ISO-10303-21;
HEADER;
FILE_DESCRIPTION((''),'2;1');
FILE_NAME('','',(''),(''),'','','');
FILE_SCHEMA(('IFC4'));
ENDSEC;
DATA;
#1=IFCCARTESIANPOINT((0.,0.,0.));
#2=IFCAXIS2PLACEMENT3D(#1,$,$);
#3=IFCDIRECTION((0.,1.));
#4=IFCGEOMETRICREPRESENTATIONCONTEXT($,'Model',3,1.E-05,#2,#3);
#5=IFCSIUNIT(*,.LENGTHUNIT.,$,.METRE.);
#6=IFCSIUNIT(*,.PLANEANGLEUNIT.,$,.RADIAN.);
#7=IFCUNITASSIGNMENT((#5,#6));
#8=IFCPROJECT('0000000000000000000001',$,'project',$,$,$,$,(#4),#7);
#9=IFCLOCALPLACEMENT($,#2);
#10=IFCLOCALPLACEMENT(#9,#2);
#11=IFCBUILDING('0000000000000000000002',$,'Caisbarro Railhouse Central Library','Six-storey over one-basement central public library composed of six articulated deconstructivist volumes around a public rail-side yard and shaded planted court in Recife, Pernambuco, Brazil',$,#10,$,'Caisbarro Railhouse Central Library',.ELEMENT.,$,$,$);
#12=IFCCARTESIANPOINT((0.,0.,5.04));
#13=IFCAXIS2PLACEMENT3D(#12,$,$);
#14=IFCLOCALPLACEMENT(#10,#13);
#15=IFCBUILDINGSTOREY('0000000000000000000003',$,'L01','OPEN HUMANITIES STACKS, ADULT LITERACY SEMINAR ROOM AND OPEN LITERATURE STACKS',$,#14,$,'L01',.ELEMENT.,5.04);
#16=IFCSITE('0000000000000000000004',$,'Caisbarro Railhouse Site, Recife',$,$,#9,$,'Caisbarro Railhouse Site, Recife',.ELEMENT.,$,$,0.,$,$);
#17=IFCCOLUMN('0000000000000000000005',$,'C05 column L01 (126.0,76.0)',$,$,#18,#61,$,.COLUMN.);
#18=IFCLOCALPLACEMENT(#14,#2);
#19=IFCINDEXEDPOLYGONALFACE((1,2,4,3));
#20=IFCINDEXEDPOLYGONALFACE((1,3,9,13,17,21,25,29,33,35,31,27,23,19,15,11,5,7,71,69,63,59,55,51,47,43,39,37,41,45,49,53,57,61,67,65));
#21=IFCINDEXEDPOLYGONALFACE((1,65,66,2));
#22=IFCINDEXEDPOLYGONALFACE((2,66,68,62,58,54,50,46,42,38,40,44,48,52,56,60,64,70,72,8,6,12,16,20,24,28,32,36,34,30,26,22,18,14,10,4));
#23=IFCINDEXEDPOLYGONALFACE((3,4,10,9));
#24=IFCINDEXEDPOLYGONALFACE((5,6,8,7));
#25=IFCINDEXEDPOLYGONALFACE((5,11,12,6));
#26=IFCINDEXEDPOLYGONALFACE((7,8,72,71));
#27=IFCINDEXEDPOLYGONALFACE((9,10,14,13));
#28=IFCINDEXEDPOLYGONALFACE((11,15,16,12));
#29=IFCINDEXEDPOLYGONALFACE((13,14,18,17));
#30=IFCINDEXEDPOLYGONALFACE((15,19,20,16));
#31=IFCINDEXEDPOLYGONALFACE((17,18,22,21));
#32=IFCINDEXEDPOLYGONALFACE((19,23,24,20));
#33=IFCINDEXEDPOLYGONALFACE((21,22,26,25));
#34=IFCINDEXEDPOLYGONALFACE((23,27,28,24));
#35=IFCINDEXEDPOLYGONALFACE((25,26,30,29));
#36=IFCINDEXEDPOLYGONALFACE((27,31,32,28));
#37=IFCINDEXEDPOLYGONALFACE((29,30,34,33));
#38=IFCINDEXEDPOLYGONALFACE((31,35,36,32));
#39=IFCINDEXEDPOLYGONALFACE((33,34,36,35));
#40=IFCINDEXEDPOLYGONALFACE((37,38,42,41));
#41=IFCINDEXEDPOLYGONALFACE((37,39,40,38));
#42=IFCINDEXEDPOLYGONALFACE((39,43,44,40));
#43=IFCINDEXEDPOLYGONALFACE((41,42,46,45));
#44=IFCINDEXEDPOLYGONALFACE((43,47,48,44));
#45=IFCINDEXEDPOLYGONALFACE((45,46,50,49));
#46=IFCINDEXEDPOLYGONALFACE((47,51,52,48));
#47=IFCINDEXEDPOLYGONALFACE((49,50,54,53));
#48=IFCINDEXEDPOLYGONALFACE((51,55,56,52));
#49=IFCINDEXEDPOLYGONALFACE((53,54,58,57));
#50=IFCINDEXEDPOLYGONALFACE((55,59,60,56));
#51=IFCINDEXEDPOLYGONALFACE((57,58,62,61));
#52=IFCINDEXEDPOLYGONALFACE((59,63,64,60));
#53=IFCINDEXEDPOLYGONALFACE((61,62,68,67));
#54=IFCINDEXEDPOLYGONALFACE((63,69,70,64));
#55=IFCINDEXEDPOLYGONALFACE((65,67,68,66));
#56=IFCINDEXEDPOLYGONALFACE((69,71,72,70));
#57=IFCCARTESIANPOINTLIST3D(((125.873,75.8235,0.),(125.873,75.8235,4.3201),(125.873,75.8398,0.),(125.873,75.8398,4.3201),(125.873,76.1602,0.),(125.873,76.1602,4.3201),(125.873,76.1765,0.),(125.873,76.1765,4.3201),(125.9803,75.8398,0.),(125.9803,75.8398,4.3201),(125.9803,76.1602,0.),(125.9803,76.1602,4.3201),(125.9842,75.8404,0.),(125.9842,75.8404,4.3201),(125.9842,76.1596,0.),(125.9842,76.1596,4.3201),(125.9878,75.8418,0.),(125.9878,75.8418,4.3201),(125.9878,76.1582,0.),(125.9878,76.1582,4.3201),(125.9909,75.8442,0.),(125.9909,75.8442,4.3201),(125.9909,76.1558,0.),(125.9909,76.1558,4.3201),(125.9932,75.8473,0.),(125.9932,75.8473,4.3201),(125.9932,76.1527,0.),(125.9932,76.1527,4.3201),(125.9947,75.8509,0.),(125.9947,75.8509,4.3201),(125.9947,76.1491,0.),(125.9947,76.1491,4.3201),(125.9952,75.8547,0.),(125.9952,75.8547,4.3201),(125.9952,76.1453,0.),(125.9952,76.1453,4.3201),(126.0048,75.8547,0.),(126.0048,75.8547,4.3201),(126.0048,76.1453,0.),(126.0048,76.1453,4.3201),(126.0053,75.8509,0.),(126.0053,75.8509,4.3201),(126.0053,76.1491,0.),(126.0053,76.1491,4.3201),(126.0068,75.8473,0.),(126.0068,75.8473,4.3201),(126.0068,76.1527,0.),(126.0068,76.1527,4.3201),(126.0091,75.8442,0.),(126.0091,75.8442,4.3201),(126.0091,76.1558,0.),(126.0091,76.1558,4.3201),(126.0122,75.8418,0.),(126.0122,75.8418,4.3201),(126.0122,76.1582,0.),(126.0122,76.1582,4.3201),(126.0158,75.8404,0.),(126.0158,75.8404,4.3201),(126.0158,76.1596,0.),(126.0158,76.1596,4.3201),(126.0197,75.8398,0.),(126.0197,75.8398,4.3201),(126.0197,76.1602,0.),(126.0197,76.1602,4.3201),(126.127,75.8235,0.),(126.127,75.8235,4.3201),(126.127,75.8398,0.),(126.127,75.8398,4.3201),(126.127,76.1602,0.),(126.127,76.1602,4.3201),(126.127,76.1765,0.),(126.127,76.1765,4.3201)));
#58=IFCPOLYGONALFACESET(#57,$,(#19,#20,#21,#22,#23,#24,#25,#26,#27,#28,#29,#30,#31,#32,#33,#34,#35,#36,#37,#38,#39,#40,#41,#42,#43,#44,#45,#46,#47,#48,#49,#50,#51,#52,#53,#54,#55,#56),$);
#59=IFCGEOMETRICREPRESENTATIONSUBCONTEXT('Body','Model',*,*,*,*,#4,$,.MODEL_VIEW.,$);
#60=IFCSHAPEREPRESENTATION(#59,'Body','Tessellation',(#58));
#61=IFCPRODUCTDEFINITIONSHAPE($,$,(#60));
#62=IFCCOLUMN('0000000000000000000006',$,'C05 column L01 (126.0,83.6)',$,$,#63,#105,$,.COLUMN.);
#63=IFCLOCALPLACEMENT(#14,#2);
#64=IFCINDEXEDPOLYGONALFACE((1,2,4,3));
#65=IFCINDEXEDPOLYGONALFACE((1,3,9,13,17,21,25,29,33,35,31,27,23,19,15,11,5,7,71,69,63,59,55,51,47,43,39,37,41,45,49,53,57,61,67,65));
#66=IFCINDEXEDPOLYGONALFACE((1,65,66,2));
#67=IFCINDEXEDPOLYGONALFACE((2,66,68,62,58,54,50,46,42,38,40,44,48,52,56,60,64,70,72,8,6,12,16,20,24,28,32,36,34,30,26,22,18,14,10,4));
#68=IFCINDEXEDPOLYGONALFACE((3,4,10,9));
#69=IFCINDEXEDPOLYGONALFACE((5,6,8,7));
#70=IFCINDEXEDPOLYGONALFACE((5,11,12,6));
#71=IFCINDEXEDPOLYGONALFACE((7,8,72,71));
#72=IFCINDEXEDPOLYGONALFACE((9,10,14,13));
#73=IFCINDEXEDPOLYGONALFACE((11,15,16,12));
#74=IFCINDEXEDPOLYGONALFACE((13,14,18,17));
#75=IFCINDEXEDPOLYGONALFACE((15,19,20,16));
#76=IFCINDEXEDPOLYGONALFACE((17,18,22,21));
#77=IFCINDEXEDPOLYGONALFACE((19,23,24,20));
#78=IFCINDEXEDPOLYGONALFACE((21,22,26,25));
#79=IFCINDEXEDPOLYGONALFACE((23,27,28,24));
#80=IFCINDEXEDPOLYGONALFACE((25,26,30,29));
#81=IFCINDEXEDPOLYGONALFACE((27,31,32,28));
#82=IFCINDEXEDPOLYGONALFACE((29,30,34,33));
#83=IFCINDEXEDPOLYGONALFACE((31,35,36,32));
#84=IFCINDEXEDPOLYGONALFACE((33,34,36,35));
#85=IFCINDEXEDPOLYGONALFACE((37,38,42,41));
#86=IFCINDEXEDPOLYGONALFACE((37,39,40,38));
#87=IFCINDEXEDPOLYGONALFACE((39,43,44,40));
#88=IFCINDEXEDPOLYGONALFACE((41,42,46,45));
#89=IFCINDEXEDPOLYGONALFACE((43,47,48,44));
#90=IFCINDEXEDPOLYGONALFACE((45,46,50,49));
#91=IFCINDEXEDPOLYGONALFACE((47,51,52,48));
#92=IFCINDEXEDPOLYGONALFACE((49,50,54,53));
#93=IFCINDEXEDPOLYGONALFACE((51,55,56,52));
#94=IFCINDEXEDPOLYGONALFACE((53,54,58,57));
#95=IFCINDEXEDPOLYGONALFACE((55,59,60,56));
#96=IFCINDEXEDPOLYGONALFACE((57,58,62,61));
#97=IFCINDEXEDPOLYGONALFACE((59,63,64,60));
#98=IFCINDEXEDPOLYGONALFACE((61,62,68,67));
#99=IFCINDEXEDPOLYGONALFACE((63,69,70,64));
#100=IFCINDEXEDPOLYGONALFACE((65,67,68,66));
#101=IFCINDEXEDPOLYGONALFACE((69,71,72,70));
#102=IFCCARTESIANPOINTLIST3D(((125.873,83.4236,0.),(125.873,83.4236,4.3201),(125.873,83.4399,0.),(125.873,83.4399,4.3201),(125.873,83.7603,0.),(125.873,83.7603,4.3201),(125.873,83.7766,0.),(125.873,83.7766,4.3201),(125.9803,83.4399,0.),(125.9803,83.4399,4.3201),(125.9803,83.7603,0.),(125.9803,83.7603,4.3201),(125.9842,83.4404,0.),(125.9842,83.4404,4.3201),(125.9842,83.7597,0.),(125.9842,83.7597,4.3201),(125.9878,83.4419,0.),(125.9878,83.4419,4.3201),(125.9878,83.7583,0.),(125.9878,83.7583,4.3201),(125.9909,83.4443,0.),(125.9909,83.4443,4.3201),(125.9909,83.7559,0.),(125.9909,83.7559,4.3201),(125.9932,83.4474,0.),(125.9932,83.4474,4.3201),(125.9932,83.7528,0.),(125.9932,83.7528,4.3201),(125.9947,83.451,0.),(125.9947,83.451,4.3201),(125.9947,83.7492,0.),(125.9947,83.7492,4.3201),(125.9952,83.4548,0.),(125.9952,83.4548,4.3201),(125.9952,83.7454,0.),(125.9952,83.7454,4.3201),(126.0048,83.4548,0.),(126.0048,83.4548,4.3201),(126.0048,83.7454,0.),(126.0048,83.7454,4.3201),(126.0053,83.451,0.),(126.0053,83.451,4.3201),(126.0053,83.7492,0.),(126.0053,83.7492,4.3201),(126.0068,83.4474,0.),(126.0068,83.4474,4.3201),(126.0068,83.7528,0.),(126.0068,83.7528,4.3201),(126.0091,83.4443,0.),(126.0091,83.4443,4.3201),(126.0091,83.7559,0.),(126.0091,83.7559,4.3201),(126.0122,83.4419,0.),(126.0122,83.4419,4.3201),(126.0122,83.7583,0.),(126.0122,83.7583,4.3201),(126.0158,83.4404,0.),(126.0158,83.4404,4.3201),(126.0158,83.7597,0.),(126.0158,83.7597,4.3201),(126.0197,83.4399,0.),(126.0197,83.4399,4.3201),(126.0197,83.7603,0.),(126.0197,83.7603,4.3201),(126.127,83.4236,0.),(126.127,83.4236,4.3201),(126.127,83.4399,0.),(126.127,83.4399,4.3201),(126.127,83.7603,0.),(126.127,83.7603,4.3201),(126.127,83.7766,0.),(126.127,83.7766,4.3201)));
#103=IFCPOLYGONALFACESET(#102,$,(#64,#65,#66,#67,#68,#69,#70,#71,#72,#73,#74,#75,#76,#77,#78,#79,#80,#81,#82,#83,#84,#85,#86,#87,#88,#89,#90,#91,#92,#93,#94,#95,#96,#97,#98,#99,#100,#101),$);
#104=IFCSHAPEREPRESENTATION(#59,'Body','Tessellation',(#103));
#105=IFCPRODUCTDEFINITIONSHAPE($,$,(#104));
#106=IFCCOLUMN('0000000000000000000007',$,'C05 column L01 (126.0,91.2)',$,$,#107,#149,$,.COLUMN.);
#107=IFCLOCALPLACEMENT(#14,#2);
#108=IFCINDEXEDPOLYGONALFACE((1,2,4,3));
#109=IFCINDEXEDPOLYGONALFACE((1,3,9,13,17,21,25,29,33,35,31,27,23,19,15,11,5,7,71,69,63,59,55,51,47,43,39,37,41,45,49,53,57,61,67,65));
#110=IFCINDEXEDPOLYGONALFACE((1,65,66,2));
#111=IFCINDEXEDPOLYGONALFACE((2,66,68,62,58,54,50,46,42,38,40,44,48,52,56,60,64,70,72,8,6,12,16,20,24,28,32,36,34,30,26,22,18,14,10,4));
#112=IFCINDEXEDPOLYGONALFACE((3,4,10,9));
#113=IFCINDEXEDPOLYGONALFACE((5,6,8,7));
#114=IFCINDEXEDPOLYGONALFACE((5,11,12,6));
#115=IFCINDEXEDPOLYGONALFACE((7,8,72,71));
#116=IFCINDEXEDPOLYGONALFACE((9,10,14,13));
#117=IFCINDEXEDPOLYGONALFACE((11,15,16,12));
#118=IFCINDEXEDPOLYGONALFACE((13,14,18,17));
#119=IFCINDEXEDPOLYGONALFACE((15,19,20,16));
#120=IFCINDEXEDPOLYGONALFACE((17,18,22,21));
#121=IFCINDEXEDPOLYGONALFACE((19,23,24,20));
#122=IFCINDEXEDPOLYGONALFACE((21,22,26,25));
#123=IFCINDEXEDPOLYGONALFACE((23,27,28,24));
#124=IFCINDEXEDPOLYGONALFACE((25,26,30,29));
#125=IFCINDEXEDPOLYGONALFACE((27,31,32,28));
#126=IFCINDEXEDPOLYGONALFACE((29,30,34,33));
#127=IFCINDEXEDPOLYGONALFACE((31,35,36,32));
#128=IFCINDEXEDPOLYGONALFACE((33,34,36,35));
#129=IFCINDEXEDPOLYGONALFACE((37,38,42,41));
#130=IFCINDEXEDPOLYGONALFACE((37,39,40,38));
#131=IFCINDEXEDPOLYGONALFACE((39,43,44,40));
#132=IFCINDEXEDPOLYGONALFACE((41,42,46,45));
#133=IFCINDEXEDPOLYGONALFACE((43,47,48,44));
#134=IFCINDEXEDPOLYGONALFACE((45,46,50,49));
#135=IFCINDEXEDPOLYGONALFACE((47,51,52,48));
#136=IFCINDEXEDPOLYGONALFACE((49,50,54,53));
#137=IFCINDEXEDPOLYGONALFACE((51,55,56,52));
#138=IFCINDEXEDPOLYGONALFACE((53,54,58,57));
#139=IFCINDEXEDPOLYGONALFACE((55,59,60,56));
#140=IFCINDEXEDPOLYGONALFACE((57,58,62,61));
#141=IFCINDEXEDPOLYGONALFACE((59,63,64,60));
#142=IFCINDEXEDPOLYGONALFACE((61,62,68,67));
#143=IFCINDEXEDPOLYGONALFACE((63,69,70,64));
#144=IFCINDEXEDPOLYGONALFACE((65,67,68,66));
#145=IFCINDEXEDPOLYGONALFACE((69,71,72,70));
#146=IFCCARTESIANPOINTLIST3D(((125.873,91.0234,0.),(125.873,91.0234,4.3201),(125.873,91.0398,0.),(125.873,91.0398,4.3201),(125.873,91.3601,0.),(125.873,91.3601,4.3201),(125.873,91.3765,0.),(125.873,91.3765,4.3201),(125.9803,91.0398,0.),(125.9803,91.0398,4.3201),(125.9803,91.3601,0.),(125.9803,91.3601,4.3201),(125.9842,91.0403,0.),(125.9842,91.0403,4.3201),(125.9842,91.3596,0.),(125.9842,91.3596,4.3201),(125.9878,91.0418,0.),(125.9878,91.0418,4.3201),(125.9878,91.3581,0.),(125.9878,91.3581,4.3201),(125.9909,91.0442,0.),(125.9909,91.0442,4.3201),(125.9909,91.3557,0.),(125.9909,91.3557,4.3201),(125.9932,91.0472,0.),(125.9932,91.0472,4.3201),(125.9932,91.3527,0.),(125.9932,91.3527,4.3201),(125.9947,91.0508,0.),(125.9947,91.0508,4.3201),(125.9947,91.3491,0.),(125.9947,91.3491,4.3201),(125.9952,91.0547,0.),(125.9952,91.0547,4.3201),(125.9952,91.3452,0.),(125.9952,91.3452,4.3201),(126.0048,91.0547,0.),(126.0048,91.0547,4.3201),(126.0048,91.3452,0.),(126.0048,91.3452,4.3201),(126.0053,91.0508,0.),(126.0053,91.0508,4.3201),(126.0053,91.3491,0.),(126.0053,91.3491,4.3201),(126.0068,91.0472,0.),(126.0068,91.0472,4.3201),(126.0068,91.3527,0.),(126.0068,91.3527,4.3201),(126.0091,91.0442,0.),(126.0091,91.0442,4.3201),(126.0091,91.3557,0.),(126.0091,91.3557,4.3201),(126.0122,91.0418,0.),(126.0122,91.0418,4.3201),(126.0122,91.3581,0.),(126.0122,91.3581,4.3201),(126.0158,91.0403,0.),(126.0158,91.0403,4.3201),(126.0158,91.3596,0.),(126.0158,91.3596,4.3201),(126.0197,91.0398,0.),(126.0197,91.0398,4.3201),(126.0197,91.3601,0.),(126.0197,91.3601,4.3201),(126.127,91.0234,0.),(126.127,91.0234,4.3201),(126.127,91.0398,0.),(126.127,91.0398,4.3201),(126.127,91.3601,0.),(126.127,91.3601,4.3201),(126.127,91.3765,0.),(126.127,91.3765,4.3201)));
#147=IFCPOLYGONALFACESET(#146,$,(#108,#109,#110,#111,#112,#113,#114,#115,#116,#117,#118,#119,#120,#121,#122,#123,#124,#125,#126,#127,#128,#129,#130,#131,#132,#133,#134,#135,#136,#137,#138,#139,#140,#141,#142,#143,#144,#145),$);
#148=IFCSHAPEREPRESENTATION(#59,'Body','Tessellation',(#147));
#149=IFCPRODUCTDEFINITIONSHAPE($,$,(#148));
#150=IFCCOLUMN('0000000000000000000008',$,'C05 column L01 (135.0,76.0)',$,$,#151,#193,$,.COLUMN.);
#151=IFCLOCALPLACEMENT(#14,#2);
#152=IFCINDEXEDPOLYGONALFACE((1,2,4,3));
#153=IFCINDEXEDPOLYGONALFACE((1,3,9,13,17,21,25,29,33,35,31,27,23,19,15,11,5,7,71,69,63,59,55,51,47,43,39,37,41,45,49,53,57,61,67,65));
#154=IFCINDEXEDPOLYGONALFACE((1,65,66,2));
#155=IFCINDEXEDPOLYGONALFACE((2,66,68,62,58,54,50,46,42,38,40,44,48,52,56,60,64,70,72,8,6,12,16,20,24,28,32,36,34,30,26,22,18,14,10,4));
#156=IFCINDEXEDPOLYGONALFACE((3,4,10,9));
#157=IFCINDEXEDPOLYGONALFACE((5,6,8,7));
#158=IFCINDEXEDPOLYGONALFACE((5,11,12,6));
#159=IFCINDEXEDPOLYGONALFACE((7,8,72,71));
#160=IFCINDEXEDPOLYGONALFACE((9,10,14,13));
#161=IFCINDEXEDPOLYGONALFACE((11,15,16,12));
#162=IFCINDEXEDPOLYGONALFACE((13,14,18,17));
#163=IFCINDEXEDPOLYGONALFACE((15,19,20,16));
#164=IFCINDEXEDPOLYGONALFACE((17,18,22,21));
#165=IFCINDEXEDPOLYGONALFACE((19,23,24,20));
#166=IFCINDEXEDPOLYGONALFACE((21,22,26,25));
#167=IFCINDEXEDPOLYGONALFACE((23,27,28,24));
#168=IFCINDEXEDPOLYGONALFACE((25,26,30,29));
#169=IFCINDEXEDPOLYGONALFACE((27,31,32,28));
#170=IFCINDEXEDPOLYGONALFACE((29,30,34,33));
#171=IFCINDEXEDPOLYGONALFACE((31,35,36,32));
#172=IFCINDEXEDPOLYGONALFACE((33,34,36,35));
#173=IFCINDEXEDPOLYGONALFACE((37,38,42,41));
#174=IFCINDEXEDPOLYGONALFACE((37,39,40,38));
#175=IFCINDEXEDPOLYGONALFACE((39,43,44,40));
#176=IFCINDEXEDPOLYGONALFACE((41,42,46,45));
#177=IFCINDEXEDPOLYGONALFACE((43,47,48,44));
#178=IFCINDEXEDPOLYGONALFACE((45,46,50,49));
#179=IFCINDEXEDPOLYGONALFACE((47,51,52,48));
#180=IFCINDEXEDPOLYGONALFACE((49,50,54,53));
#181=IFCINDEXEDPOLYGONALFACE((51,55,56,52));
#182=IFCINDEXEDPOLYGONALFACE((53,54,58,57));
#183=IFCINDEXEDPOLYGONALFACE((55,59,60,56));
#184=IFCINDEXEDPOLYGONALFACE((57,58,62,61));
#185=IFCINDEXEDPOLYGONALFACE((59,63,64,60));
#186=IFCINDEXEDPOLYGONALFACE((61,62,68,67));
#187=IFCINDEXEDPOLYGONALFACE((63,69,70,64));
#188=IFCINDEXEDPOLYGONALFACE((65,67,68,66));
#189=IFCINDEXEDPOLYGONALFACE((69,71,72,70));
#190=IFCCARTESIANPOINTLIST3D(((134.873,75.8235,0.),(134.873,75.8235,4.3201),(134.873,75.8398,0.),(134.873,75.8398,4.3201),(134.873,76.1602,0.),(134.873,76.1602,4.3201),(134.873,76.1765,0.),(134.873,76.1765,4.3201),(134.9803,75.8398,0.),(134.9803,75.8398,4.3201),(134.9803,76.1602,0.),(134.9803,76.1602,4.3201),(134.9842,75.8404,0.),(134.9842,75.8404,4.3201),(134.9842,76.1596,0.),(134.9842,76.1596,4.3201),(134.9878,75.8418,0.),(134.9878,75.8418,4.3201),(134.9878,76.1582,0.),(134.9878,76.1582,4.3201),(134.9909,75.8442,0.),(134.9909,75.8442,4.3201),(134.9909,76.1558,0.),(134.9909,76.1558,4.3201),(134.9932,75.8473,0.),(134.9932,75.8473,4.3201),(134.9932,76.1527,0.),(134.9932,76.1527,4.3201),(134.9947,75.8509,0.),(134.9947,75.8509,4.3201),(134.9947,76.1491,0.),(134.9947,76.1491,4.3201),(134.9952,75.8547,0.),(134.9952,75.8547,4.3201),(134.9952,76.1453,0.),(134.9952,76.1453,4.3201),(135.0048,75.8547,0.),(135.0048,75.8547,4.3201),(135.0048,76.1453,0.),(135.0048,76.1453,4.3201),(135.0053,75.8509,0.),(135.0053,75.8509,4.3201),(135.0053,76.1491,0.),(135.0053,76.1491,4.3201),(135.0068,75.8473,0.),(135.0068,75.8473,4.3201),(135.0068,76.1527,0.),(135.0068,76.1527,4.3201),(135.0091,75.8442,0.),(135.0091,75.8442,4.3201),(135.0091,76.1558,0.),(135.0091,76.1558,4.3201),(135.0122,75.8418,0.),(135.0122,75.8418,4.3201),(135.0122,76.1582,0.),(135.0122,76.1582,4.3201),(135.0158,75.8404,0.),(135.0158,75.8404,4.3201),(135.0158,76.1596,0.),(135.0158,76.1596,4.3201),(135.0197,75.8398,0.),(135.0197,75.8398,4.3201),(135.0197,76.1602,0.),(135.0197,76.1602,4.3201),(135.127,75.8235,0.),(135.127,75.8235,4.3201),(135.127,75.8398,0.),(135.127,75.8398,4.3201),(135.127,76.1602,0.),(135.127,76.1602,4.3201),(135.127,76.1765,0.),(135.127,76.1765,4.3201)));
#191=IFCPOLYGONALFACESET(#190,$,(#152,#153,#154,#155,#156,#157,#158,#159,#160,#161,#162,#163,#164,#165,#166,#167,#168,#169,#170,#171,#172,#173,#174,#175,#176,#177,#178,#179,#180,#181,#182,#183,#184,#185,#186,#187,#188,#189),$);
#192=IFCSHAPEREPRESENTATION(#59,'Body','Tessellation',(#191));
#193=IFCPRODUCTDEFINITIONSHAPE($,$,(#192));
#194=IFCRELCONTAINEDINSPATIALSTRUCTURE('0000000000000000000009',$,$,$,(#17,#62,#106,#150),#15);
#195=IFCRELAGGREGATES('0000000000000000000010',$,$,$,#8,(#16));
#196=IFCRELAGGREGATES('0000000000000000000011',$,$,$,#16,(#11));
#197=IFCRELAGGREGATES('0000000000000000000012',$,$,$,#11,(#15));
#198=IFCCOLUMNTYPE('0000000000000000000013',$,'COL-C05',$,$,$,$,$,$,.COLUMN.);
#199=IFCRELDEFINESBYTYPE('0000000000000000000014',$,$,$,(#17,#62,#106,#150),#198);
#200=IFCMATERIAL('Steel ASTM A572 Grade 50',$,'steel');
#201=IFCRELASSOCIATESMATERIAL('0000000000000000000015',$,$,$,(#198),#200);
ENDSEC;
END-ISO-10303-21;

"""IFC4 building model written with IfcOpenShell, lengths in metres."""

from ifc_helpers import new_model, si_unit, direction, frame, origin, origin_2d, place, context, subcontext, project, spatial, i_section, extrude, material, material_profile, profile_set, type_object, element, save


model = new_model("IFC4")

# Units and contexts
model_context = context("Model", 3, precision=1e-05, world=origin(), true_north=direction((0.0, 1.0)))
body_context = subcontext(model_context, "Body", "Model", "MODEL_VIEW")
ifc_project = project(units=[si_unit("LENGTHUNIT", "METRE"), si_unit("PLANEANGLEUNIT", "RADIAN")], contexts=[model_context])

# Site, building, storey
site_placement = place(None, origin())
site = spatial("IfcSite", under=ifc_project, at=site_placement, Name="Caisbarro Railhouse Site, Recife", LongName="Caisbarro Railhouse Site, Recife", CompositionType="ELEMENT", RefElevation=0.0)
building_placement = place(site_placement, origin())
building = spatial("IfcBuilding", under=site, at=building_placement, Name="Caisbarro Railhouse Central Library", Description="Six-storey over one-basement central public library composed of six articulated deconstructivist volumes around a public rail-side yard and shaded planted court in Recife, Pernambuco, Brazil", LongName="Caisbarro Railhouse Central Library", CompositionType="ELEMENT")
storey_placement = place(building_placement, frame((0.0, 0.0, 5.04)))
storey = spatial("IfcBuildingStorey", under=building, at=storey_placement, Name="L01", Description="OPEN HUMANITIES STACKS, ADULT LITERACY SEMINAR ROOM AND OPEN LITERATURE STACKS", LongName="L01", CompositionType="ELEMENT", Elevation=5.04)

# Columns
ifc_material_1 = material(Name="Steel ASTM A572 Grade 50", Category="steel")
ifc_material_profile_1 = material_profile(ifc_material_1, i_section(OverallWidth=0.2539, OverallDepth=0.353, WebThickness=0.0095, FlangeThickness=0.0164, FilletRadius=0.0149, at=origin_2d()), Name="W360X91.0")
ifc_profile_set_1 = profile_set([ifc_material_profile_1], Name="Steel ASTM A572 Grade 50")
column_type = type_object("IfcColumnType", Name="COL-C05", PredefinedType="COLUMN", material=ifc_profile_set_1)
for number, where, z_axis, x_axis, name in (
    (1, (126.0, 76.0, 0.0), (0.0, 0.0, 1.0), (1.0, 0.0, 0.0), "C05 column L01 (126.0,76.0)"),
    (2, (126.0, 83.6001, 0.0), (0.0, 0.0, 1.0), (1.0, 0.0, 0.0), "C05 column L01 (126.0,83.6)"),
    (3, (126.0, 91.2, 0.0), (0.0, 0.0, 1.0), (1.0, 0.0, 0.0), "C05 column L01 (126.0,91.2)"),
    (4, (135.0, 76.0, 0.0), (0.0, 0.0, 1.0), (1.0, 0.0, 0.0), "C05 column L01 (135.0,76.0)"),
):
    element("IfcColumn", number, at=place(storey_placement, frame(where, z_axis=z_axis, x_axis=x_axis)), inside=storey, type_object=column_type, Name=name, PredefinedType="COLUMN", context=body_context, shape_type="SweptSolid", body=[
        extrude(i_section(OverallWidth=0.2539, OverallDepth=0.353, WebThickness=0.0095, FlangeThickness=0.0164, FilletRadius=0.0149, at=origin_2d()), origin(), (0.0, 0.0, 1.0), 4.3201),
    ])

save(model, "model.ifc")
